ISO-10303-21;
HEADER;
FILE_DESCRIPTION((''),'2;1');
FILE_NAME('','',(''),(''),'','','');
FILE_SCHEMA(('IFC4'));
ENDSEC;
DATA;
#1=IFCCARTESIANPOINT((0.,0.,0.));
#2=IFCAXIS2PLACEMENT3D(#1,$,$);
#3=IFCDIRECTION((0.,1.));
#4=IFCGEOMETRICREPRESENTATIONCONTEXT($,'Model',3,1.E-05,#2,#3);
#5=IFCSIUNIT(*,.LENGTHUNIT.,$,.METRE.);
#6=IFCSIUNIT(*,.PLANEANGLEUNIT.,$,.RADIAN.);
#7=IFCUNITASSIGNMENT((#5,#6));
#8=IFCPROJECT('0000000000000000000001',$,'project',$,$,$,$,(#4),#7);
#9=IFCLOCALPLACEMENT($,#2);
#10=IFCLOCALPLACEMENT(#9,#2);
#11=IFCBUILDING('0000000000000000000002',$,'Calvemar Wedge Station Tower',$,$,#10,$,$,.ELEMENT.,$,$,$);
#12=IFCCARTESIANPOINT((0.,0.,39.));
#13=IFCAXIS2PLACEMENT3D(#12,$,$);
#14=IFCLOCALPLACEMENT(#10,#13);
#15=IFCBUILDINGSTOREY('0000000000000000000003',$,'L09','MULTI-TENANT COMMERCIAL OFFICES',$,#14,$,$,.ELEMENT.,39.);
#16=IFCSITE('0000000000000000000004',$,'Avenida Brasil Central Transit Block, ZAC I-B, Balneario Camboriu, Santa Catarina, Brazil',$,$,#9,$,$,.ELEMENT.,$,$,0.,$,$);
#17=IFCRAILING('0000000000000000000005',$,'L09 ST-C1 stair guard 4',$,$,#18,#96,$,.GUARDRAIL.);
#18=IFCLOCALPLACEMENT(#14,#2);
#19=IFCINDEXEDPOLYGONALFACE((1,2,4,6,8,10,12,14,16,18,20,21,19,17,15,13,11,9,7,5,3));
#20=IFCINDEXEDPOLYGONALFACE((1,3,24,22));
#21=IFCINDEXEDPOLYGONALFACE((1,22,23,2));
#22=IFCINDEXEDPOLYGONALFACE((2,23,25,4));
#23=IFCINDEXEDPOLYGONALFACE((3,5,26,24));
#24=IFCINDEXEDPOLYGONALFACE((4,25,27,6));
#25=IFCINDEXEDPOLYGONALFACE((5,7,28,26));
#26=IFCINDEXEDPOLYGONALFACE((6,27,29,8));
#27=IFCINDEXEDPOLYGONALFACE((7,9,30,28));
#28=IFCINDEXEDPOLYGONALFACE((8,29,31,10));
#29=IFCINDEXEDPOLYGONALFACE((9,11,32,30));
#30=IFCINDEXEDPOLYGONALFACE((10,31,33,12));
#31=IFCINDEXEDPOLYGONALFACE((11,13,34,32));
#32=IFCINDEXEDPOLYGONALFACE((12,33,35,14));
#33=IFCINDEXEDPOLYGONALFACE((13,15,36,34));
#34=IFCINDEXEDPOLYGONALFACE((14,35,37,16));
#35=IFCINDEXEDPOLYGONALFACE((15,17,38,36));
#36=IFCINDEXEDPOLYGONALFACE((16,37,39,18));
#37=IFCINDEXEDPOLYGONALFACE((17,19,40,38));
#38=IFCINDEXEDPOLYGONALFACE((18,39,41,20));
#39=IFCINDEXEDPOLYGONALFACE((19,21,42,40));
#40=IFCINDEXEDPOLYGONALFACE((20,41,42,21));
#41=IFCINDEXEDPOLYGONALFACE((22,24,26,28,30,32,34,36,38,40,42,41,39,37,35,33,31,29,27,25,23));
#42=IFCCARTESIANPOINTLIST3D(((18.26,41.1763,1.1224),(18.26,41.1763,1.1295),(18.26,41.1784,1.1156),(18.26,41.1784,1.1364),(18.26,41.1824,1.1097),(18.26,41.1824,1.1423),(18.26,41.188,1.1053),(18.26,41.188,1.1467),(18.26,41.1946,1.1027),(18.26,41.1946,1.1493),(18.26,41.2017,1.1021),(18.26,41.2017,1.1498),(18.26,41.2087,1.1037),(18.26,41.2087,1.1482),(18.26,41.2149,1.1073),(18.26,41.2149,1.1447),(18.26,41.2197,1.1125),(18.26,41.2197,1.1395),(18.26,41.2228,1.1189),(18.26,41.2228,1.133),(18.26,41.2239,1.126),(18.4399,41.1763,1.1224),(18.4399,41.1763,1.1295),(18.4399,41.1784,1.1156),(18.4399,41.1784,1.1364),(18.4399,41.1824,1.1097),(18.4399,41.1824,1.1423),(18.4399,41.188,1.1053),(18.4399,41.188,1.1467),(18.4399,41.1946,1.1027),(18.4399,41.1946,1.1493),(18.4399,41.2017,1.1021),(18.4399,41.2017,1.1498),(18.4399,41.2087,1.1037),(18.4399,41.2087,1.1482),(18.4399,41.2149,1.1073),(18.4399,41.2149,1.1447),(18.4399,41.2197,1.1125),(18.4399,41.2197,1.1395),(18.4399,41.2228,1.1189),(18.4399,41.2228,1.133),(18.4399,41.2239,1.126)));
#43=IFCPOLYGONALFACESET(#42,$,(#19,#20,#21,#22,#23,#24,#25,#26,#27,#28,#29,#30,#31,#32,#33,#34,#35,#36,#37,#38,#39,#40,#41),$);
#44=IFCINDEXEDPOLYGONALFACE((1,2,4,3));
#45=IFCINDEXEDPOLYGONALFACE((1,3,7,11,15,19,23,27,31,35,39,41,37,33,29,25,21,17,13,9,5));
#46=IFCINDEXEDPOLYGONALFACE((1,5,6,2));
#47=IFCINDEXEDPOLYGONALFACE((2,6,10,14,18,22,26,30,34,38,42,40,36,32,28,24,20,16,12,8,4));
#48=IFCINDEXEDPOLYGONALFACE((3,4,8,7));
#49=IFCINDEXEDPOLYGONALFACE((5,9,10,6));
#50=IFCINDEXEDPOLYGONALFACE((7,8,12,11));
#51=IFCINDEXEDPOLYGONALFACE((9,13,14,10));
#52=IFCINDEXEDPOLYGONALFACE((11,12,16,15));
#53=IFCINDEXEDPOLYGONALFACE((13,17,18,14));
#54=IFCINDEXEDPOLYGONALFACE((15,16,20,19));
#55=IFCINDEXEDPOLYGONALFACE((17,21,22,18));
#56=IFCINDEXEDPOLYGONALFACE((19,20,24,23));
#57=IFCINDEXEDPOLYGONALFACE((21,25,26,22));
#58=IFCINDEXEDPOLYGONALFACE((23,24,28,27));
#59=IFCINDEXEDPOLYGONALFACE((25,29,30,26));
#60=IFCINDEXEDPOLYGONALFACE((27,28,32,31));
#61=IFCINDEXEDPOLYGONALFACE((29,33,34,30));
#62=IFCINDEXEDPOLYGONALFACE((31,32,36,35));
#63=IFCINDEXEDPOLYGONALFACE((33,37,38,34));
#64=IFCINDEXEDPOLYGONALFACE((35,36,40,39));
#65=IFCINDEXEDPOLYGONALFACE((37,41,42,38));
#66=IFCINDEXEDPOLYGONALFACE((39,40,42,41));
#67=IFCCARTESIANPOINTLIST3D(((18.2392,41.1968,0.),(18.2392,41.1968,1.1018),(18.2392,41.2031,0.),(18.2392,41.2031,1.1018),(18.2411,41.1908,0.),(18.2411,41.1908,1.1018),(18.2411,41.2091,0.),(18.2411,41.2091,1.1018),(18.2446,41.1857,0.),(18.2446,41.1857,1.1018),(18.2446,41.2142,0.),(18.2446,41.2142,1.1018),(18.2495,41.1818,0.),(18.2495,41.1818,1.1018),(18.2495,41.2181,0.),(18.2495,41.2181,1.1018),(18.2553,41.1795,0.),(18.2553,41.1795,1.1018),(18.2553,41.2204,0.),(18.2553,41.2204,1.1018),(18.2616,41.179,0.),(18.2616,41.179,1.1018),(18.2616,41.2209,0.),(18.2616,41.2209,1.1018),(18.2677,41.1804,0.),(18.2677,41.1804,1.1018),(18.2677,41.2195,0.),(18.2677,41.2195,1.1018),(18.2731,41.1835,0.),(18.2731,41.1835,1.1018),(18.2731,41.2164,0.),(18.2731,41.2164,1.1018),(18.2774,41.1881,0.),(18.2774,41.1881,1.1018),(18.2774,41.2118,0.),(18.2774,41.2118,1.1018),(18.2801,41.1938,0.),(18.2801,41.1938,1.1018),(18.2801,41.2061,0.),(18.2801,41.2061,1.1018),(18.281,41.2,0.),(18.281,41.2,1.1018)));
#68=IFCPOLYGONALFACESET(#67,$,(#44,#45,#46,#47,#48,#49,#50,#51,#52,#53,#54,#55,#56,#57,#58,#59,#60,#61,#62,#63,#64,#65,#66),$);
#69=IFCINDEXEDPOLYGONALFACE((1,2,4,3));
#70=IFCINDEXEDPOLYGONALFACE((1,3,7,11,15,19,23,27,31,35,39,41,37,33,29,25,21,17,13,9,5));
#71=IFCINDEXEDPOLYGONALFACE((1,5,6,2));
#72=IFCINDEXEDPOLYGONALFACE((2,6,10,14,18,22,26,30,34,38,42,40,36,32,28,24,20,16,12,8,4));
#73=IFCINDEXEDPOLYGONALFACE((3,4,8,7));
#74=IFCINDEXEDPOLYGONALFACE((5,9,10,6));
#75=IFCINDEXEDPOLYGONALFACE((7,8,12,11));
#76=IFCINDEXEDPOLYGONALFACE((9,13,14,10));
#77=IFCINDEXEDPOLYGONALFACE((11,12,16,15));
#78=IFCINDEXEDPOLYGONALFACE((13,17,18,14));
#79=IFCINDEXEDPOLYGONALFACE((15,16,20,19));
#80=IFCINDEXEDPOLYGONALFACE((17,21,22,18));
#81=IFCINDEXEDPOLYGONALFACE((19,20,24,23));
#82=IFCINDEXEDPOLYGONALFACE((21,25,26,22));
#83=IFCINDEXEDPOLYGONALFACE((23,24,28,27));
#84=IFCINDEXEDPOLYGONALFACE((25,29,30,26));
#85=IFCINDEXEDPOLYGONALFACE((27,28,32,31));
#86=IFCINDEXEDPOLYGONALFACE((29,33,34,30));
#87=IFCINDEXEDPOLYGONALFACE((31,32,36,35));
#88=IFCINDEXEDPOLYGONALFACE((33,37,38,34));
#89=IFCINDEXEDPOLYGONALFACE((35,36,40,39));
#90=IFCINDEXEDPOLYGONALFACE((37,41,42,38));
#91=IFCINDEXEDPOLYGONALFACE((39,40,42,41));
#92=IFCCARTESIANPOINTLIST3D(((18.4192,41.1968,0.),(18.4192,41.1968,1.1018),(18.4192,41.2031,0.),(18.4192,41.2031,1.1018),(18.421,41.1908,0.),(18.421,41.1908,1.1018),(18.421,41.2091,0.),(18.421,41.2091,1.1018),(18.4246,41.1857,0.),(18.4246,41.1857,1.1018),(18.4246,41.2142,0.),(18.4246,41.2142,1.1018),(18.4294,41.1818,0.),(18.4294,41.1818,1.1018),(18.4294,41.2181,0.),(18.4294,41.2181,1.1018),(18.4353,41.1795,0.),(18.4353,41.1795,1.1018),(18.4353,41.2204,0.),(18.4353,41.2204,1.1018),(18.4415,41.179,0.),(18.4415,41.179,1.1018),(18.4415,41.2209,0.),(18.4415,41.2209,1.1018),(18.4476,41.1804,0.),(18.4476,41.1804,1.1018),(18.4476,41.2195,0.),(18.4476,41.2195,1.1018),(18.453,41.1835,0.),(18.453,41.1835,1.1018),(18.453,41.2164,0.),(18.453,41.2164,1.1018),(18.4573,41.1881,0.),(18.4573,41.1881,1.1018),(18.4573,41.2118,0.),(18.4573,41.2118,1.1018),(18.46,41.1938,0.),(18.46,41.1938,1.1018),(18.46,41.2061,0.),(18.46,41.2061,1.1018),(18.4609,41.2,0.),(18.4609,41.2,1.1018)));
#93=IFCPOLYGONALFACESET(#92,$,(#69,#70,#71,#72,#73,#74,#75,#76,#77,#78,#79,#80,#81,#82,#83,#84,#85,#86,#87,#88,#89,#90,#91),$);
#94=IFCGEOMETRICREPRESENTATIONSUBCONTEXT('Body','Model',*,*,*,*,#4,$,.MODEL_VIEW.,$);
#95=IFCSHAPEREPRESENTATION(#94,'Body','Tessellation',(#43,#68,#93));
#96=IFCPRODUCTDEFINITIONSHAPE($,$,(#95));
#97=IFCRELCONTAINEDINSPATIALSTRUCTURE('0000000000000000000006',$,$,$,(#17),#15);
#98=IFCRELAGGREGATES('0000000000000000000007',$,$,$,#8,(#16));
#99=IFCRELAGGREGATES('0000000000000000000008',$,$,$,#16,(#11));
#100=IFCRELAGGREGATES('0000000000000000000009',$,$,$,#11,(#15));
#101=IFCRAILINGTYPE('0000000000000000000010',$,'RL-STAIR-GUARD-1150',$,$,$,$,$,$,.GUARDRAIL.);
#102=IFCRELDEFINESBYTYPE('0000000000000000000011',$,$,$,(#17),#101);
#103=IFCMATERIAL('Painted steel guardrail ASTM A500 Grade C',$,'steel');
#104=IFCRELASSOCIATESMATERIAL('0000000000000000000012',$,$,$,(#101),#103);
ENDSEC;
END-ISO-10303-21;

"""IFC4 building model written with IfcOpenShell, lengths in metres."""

from ifc_helpers import new_model, si_unit, direction, frame, origin, origin_2d, place, context, subcontext, project, spatial, circle, extrude, material, type_object, element, save


model = new_model("IFC4")

# Units and contexts
model_context = context("Model", 3, precision=1e-05, world=origin(), true_north=direction((0.0, 1.0)))
body_context = subcontext(model_context, "Body", "Model", "MODEL_VIEW")
ifc_project = project(units=[si_unit("LENGTHUNIT", "METRE"), si_unit("PLANEANGLEUNIT", "RADIAN")], contexts=[model_context])

# Site, building, storey
site_placement = place(None, origin())
site = spatial("IfcSite", under=ifc_project, at=site_placement, Name="Avenida Brasil Central Transit Block, ZAC I-B, Balneario Camboriu, Santa Catarina, Brazil", CompositionType="ELEMENT", RefElevation=0.0)
building_placement = place(site_placement, origin())
building = spatial("IfcBuilding", under=site, at=building_placement, Name="Calvemar Wedge Station Tower", CompositionType="ELEMENT")
storey_placement = place(building_placement, frame((0.0, 0.0, 39.0)))
storey = spatial("IfcBuildingStorey", under=building, at=storey_placement, Name="L09", Description="MULTI-TENANT COMMERCIAL OFFICES", CompositionType="ELEMENT", Elevation=39.0)

# Railing
ifc_material_1 = material(Name="Painted steel guardrail ASTM A500 Grade C", Category="steel")
railing_type = type_object("IfcRailingType", Name="RL-STAIR-GUARD-1150", PredefinedType="GUARDRAIL", material=ifc_material_1)
railing_1_placement = place(storey_placement, frame((18.26, 41.2, 0.0)))
element("IfcRailing", 1, at=railing_1_placement, inside=storey, type_object=railing_type, Name="L09 ST-C1 stair guard 4", PredefinedType="GUARDRAIL", context=body_context, shape_type="SweptSolid", body=[
    extrude(circle(Radius=0.0239, at=origin_2d()), frame((0.0, 0.0, 1.126), z_axis=(1.0, 0.0, 0.0), x_axis=(0.0, 1.0, 0.0)), (0.0, 0.0, 1.0), 0.1799),
    extrude(circle(Radius=0.021, at=origin_2d()), origin(), (0.0, 0.0, 1.0), 1.1018),
    extrude(circle(Radius=0.021, at=origin_2d()), frame((0.1799, 0.0, 0.0)), (0.0, 0.0, 1.0), 1.1018),
])

save(model, "model.ifc")
